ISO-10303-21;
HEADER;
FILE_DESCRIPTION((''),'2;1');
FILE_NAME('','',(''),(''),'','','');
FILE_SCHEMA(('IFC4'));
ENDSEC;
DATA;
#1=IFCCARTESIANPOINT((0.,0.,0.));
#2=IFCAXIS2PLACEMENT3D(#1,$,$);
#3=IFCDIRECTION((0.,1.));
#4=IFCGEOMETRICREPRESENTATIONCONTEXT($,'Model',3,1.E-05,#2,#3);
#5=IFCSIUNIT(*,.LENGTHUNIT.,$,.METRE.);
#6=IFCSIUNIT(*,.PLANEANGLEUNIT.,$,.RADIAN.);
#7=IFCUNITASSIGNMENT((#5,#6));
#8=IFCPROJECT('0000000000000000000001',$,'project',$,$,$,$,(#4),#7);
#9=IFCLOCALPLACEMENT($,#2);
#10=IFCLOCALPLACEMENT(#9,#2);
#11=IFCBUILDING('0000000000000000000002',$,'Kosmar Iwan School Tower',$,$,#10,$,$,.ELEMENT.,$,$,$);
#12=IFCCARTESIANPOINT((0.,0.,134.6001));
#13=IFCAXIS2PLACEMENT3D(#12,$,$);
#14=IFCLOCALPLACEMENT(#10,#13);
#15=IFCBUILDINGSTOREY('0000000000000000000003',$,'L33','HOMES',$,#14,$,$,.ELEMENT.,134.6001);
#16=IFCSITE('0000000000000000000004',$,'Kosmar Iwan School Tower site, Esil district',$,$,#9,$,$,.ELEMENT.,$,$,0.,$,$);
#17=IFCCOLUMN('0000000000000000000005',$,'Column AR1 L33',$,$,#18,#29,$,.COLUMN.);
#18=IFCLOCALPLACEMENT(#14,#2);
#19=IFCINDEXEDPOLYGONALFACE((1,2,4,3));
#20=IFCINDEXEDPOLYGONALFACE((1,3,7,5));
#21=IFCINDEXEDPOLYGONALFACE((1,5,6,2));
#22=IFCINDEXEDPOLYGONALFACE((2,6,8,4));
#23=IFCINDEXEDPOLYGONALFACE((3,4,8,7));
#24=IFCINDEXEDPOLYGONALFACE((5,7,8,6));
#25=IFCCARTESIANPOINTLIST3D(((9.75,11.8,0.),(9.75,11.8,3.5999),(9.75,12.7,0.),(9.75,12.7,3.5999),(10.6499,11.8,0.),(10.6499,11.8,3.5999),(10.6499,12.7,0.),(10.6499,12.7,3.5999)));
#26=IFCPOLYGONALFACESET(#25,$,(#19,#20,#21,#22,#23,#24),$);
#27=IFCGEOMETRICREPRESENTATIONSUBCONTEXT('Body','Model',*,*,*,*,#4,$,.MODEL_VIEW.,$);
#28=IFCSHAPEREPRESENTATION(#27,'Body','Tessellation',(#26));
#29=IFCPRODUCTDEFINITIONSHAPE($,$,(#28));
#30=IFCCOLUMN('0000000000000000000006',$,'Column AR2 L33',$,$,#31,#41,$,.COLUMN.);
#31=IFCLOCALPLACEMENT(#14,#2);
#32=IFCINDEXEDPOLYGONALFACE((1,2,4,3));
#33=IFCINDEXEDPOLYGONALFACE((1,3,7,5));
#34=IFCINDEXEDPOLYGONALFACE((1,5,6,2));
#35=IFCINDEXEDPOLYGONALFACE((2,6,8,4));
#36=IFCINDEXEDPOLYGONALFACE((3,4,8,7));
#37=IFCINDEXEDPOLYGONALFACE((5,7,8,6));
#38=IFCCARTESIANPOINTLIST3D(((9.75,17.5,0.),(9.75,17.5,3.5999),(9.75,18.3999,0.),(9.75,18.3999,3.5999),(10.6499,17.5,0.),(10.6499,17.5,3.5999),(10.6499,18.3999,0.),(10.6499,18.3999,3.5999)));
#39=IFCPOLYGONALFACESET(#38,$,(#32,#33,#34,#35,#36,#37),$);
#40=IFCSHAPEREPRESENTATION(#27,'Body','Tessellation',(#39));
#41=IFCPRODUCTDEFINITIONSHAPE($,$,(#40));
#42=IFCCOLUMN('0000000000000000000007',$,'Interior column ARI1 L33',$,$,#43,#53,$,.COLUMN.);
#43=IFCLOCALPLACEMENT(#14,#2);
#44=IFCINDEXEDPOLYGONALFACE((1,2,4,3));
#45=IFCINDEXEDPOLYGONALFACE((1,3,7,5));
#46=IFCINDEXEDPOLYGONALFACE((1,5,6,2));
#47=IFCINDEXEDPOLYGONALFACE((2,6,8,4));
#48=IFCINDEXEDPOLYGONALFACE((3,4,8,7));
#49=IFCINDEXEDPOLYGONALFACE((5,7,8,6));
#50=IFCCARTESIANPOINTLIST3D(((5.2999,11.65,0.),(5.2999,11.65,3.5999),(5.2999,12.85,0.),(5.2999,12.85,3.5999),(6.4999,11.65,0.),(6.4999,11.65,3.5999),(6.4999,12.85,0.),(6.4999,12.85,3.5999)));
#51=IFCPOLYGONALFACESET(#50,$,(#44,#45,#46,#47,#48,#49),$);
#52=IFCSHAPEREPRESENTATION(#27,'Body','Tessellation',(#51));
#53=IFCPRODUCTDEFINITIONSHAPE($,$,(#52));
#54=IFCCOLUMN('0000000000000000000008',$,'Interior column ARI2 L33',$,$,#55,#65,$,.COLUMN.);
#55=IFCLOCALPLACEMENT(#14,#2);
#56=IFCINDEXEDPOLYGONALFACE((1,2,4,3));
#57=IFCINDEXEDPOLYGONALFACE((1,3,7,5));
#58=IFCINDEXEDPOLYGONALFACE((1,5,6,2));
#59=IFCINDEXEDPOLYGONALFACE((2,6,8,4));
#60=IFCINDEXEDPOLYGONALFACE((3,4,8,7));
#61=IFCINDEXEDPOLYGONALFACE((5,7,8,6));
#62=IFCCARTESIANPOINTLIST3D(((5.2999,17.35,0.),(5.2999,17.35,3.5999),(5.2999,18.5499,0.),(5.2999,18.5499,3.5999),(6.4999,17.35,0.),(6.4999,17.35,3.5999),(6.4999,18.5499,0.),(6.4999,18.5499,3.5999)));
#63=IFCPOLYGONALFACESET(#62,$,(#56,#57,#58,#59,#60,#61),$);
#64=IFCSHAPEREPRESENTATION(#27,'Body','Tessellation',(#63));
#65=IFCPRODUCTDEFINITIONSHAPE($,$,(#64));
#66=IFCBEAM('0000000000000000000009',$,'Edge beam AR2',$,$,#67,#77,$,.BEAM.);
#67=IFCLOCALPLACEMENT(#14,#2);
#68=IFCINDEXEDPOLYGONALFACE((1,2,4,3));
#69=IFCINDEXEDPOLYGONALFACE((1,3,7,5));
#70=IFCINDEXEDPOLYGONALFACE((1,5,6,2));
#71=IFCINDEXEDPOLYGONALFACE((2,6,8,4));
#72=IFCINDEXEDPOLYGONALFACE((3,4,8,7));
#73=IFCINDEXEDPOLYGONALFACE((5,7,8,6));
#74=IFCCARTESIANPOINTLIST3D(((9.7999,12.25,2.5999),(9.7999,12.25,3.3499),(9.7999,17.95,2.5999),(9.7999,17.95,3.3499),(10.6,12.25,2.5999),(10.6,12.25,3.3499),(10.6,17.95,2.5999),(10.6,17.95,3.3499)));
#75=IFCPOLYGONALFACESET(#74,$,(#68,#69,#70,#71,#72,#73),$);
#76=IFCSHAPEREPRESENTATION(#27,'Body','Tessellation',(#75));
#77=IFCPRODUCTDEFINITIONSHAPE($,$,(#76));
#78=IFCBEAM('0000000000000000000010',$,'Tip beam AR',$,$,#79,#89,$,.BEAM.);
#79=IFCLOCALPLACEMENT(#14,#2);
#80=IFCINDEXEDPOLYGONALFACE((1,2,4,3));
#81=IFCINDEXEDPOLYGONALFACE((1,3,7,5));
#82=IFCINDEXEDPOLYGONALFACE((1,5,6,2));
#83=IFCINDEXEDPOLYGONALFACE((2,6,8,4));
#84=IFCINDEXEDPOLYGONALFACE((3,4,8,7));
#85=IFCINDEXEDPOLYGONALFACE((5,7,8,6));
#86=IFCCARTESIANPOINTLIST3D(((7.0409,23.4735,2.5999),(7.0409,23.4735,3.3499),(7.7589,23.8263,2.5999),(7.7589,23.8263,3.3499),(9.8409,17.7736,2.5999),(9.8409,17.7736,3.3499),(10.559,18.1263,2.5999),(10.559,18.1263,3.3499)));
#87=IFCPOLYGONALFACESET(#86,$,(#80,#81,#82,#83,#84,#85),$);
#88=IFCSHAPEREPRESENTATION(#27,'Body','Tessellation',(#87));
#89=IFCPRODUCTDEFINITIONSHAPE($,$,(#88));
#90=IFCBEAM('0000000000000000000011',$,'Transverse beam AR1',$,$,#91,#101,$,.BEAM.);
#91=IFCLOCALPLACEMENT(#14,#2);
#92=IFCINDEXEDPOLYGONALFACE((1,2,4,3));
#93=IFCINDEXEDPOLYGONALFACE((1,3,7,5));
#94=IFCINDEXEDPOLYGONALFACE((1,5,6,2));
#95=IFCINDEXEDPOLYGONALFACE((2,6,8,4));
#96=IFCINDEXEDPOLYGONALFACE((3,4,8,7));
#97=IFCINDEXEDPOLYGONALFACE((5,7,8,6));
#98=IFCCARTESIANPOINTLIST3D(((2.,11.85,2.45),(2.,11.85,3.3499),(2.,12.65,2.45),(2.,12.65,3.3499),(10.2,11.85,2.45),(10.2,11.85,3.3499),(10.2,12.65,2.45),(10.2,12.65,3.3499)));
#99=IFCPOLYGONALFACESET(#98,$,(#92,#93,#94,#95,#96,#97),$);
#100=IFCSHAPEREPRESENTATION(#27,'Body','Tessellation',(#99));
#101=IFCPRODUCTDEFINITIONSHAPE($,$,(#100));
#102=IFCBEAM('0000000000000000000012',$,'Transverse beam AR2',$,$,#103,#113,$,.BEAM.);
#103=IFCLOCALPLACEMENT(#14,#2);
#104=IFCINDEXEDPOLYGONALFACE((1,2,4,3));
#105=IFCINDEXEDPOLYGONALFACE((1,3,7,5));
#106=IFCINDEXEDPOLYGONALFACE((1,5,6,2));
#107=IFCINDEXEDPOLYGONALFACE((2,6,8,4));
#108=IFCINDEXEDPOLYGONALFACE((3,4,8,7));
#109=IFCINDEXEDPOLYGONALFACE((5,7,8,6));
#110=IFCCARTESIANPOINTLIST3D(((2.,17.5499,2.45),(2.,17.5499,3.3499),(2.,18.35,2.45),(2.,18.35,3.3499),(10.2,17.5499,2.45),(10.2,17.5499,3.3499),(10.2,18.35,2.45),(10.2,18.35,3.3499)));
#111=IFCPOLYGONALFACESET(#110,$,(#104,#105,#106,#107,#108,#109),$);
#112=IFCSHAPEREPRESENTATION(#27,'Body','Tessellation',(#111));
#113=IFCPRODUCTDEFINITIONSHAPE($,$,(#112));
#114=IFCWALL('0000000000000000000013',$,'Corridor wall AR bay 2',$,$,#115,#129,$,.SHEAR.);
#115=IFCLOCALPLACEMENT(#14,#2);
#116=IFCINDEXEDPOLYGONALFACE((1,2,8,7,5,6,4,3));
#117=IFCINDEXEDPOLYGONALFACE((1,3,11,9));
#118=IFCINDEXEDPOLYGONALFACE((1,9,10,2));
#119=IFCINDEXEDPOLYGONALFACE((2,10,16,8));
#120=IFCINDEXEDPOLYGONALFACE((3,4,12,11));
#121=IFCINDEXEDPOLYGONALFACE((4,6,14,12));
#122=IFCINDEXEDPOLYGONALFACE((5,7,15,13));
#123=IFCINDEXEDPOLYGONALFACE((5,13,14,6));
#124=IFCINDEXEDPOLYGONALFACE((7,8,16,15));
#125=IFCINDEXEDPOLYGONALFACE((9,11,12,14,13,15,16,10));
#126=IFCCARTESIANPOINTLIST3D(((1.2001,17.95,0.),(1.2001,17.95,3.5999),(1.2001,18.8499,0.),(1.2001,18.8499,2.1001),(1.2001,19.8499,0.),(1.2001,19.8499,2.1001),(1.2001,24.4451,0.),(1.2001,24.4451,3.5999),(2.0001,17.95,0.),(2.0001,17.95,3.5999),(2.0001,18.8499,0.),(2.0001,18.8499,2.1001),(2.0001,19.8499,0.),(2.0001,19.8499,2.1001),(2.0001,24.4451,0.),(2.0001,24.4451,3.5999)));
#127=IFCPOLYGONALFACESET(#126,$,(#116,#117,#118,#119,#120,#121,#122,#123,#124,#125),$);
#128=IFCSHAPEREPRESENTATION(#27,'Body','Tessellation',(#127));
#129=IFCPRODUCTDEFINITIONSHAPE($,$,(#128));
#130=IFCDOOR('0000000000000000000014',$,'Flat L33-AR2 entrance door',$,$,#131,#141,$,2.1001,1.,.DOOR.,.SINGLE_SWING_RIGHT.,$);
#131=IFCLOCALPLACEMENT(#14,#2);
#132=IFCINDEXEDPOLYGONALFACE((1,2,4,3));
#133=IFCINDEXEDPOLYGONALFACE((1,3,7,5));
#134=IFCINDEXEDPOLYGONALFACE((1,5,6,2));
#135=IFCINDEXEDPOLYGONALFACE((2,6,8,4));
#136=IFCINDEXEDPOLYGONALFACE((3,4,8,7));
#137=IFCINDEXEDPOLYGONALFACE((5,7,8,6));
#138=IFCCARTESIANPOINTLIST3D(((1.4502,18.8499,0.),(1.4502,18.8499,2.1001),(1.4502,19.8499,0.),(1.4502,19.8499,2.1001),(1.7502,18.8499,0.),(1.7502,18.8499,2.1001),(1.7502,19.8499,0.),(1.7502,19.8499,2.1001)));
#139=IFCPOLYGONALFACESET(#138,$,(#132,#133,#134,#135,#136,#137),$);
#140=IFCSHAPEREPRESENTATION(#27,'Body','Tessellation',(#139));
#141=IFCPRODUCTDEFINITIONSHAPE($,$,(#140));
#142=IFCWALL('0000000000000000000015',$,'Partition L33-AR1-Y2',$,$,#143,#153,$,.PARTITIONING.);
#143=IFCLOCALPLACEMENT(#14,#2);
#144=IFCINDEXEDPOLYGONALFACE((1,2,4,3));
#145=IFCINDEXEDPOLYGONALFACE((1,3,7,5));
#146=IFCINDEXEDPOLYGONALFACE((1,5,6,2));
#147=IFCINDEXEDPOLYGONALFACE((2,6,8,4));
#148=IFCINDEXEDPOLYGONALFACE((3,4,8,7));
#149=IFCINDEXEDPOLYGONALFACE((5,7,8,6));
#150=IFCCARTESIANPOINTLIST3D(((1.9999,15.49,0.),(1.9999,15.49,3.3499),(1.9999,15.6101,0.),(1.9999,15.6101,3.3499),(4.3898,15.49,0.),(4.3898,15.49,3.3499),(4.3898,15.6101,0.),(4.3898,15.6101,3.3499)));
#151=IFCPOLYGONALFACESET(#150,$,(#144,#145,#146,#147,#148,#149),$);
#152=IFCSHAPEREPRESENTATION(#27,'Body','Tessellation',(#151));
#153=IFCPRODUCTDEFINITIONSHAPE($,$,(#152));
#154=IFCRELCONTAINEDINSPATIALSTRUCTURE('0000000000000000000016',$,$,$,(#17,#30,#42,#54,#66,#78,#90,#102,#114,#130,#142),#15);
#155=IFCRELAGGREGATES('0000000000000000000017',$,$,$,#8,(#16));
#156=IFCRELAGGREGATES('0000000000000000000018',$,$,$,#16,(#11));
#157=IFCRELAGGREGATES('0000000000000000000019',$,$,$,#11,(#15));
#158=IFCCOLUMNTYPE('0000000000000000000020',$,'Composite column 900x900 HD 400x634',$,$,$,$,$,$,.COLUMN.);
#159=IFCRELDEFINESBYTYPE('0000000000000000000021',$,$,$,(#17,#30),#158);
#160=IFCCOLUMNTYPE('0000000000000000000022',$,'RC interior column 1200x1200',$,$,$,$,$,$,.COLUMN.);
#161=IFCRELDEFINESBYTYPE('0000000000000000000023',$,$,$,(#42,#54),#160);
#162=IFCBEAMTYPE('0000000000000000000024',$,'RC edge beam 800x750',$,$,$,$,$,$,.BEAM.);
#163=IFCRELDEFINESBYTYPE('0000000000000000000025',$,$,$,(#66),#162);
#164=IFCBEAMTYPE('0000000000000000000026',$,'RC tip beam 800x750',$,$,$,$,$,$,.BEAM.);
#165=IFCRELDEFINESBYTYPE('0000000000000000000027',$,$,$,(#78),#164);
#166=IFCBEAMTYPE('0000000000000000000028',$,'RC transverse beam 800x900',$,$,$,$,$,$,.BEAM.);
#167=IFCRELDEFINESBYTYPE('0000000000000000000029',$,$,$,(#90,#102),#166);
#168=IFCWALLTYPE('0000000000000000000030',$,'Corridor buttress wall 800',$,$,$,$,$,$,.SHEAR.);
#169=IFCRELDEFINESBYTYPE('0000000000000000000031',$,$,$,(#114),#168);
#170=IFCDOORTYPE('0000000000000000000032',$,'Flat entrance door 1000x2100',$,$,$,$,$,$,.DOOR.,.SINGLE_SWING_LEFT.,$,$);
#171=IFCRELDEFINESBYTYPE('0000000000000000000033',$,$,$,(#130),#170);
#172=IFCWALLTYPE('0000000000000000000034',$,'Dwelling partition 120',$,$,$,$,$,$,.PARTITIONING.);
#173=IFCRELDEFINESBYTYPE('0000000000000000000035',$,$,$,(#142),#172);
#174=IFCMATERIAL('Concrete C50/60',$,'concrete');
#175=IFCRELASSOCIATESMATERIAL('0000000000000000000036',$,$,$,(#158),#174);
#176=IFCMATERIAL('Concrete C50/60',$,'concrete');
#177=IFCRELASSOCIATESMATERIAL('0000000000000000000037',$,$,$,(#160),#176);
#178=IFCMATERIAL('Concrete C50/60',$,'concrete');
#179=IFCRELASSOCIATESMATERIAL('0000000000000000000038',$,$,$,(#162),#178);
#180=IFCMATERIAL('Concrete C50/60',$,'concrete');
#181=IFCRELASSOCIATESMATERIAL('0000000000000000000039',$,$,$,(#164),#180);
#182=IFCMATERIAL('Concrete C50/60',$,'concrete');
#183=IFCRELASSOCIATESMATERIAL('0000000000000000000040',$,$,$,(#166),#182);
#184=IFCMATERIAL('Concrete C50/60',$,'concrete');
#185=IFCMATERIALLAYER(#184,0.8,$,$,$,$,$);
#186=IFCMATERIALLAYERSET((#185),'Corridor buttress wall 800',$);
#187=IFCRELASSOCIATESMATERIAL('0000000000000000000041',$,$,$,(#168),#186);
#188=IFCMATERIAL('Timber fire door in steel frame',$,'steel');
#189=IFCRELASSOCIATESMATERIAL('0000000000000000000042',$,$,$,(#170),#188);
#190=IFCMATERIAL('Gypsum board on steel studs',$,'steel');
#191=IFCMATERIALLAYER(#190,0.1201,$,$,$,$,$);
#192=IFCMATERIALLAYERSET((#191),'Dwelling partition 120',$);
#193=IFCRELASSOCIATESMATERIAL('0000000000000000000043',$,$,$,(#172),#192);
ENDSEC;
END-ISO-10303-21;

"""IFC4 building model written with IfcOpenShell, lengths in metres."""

from ifc_helpers import new_model, si_unit, direction, frame, frame_2d, origin, origin_2d, place, context, subcontext, project, spatial, rectangle, extrude, material, layer, layer_set, material_profile, profile_set, type_object, element, fill, save


model = new_model("IFC4")

# Units and contexts
model_context = context("Model", 3, precision=1e-05, world=origin(), true_north=direction((0.0, 1.0)))
body_context = subcontext(model_context, "Body", "Model", "MODEL_VIEW")
ifc_project = project(units=[si_unit("LENGTHUNIT", "METRE"), si_unit("PLANEANGLEUNIT", "RADIAN")], contexts=[model_context])

# Site, building, storey
site_placement = place(None, origin())
site = spatial("IfcSite", under=ifc_project, at=site_placement, Name="Kosmar Iwan School Tower site, Esil district", CompositionType="ELEMENT", RefElevation=0.0)
building_placement = place(site_placement, origin())
building = spatial("IfcBuilding", under=site, at=building_placement, Name="Kosmar Iwan School Tower", CompositionType="ELEMENT")
storey_placement = place(building_placement, frame((0.0, 0.0, 134.6001)))
storey = spatial("IfcBuildingStorey", under=building, at=storey_placement, Name="L33", Description="HOMES", CompositionType="ELEMENT", Elevation=134.6001)

# Columns
ifc_material_1 = material(Name="Concrete C50/60", Category="concrete")
ifc_material_profile_1 = material_profile(ifc_material_1, rectangle(XDim=0.8999, YDim=0.8999, at=origin_2d()), Name="RC 900x900 + HD 400x634")
ifc_profile_set_1 = profile_set([ifc_material_profile_1], Name="Concrete C50/60")
column_type_1 = type_object("IfcColumnType", Name="Composite column 900x900 HD 400x634", PredefinedType="COLUMN", material=ifc_profile_set_1)
for number, where, z_axis, x_axis, name in (
    (1, (10.2, 12.25, 0.0), (0.0, 0.0, 1.0), (0.0, 1.0, 0.0), "Column AR1 L33"),
    (2, (10.2, 17.95, 0.0), (0.0, 0.0, 1.0), (0.0, 1.0, 0.0), "Column AR2 L33"),
):
    element("IfcColumn", number, at=place(storey_placement, frame(where, z_axis=z_axis, x_axis=x_axis)), inside=storey, type_object=column_type_1, Name=name, PredefinedType="COLUMN", context=body_context, shape_type="SweptSolid", body=[
        extrude(rectangle(XDim=0.8999, YDim=0.8999, at=origin_2d()), origin(), (0.0, 0.0, 1.0), 3.5999),
    ])
ifc_material_2 = material(Name="Concrete C50/60", Category="concrete")
ifc_material_profile_2 = material_profile(ifc_material_2, rectangle(XDim=1.2, YDim=1.2, at=origin_2d()), Name="RC 1200x1200")
ifc_profile_set_2 = profile_set([ifc_material_profile_2], Name="Concrete C50/60")
column_type_2 = type_object("IfcColumnType", Name="RC interior column 1200x1200", PredefinedType="COLUMN", material=ifc_profile_set_2)
for number, where, z_axis, x_axis, name in (
    (3, (5.8999, 12.25, 0.0), (0.0, 0.0, 1.0), (0.0, 1.0, 0.0), "Interior column ARI1 L33"),
    (4, (5.8999, 17.95, 0.0), (0.0, 0.0, 1.0), (0.0, 1.0, 0.0), "Interior column ARI2 L33"),
):
    element("IfcColumn", number, at=place(storey_placement, frame(where, z_axis=z_axis, x_axis=x_axis)), inside=storey, type_object=column_type_2, Name=name, PredefinedType="COLUMN", context=body_context, shape_type="SweptSolid", body=[
        extrude(rectangle(XDim=1.2, YDim=1.2, at=origin_2d()), origin(), (0.0, 0.0, 1.0), 3.5999),
    ])

# Beams
ifc_material_3 = material(Name="Concrete C50/60", Category="concrete")
ifc_material_profile_3 = material_profile(ifc_material_3, rectangle(XDim=0.8, YDim=0.75, at=origin_2d()), Name="RC 800x750")
ifc_profile_set_3 = profile_set([ifc_material_profile_3], Name="Concrete C50/60")
beam_type_1 = type_object("IfcBeamType", Name="RC edge beam 800x750", PredefinedType="BEAM", material=ifc_profile_set_3)
beam_1_placement = place(storey_placement, frame((10.2, 12.25, 2.9749), z_axis=(0.0, 1.0, 0.0), x_axis=(-1.0, 0.0, 0.0)))
element("IfcBeam", 5, at=beam_1_placement, inside=storey, type_object=beam_type_1, Name="Edge beam AR2", PredefinedType="BEAM", context=body_context, shape_type="SweptSolid", body=[
    extrude(rectangle(XDim=0.8, YDim=0.75, at=origin_2d()), origin(), (0.0, 0.0, 1.0), 5.7),
])
ifc_material_4 = material(Name="Concrete C50/60", Category="concrete")
ifc_material_profile_4 = material_profile(ifc_material_4, rectangle(XDim=0.8, YDim=0.75, at=origin_2d()), Name="RC 800x750")
ifc_profile_set_4 = profile_set([ifc_material_profile_4], Name="Concrete C50/60")
beam_type_2 = type_object("IfcBeamType", Name="RC tip beam 800x750", PredefinedType="BEAM", material=ifc_profile_set_4)
beam_2_placement = place(storey_placement, frame((10.2, 17.95, 2.9749), z_axis=(-0.440913, 0.89755, 0.0), x_axis=(-0.89755, -0.440913, 0.0)))
element("IfcBeam", 6, at=beam_2_placement, inside=storey, type_object=beam_type_2, Name="Tip beam AR", PredefinedType="BEAM", context=body_context, shape_type="SweptSolid", body=[
    extrude(rectangle(XDim=0.8, YDim=0.75, at=origin_2d()), origin(), (0.0, 0.0, 1.0), 6.3506),
])
ifc_material_5 = material(Name="Concrete C50/60", Category="concrete")
ifc_material_profile_5 = material_profile(ifc_material_5, rectangle(XDim=0.8, YDim=0.8999, at=origin_2d()), Name="RC 800x900")
ifc_profile_set_5 = profile_set([ifc_material_profile_5], Name="Concrete C50/60")
beam_type_3 = type_object("IfcBeamType", Name="RC transverse beam 800x900", PredefinedType="BEAM", material=ifc_profile_set_5)
for number, where, z_axis, x_axis, name in (
    (7, (10.2, 12.25, 2.8999), (-1.0, 0.0, 0.0), (0.0, -1.0, 0.0), "Transverse beam AR1"),
    (8, (10.2, 17.95, 2.8999), (-1.0, 0.0, 0.0), (0.0, -1.0, 0.0), "Transverse beam AR2"),
):
    element("IfcBeam", number, at=place(storey_placement, frame(where, z_axis=z_axis, x_axis=x_axis)), inside=storey, type_object=beam_type_3, Name=name, PredefinedType="BEAM", context=body_context, shape_type="SweptSolid", body=[
        extrude(rectangle(XDim=0.8, YDim=0.8999, at=origin_2d()), origin(), (0.0, 0.0, 1.0), 8.2),
    ])

# Wall, opening, door
ifc_material_6 = material(Name="Concrete C50/60", Category="concrete")
ifc_layer_1 = layer(ifc_material_6, 0.8)
ifc_layer_set_1 = layer_set([ifc_layer_1], Name="Corridor buttress wall 800")
wall_type_1 = type_object("IfcWallType", Name="Corridor buttress wall 800", PredefinedType="SHEAR", material=ifc_layer_set_1)
wall_1_placement = place(storey_placement, frame((1.6001, 17.95, 0.0), z_axis=(0.0, 0.0, 1.0), x_axis=(0.0, 1.0, 0.0)))
wall_1 = element("IfcWall", 9, at=wall_1_placement, inside=storey, type_object=wall_type_1, Name="Corridor wall AR bay 2", PredefinedType="SHEAR", context=body_context, shape_type="SweptSolid", body=[
    extrude(rectangle(XDim=6.4951, YDim=0.8, at=frame_2d((3.2476, 0.0))), origin(), (0.0, 0.0, 1.0), 3.5999),
])
opening_1_placement = place(wall_1_placement, frame((0.8999, 0.0, 0.0)))
opening_1 = element("IfcOpeningElement", 10, at=opening_1_placement, cuts=wall_1, PredefinedType="OPENING", context=body_context, shape_type="SweptSolid", body=[
    extrude(rectangle(XDim=1.0, YDim=2.1001, at=frame_2d((0.5, 1.05))), frame((0.0, 0.4121, 0.0), z_axis=(0.0, -1.0, 0.0), x_axis=(1.0, 0.0, 0.0)), (0.0, 0.0, 1.0), 0.824),
])
ifc_material_7 = material(Name="Timber fire door in steel frame", Category="steel")
door_type_1 = type_object("IfcDoorType", Name="Flat entrance door 1000x2100", OperationType="SINGLE_SWING_LEFT", PredefinedType="DOOR", material=ifc_material_7)
door_1_placement = place(opening_1_placement, origin())
door_1 = element("IfcDoor", 11, at=door_1_placement, inside=storey, type_object=door_type_1, Name="Flat L33-AR2 entrance door", OperationType="SINGLE_SWING_RIGHT", OverallHeight=2.1001, OverallWidth=1.0, PredefinedType="DOOR", context=body_context, shape_type="SweptSolid", body=[
    extrude(rectangle(XDim=1.0, YDim=2.1001, at=frame_2d((0.5, 1.05))), frame((0.0, 0.1499, 0.0), z_axis=(0.0, -1.0, 0.0), x_axis=(1.0, 0.0, 0.0)), (0.0, 0.0, 1.0), 0.3),
])
fill(opening_1, door_1)

# Wall
ifc_material_8 = material(Name="Gypsum board on steel studs", Category="steel")
ifc_layer_2 = layer(ifc_material_8, 0.1201)
ifc_layer_set_2 = layer_set([ifc_layer_2], Name="Dwelling partition 120")
wall_type_2 = type_object("IfcWallType", Name="Dwelling partition 120", PredefinedType="PARTITIONING", material=ifc_layer_set_2)
wall_2_placement = place(storey_placement, frame((2.0, 15.55, 0.0), z_axis=(0.0, 0.0, 1.0), x_axis=(1.0, 0.0, 0.0)))
element("IfcWall", 12, at=wall_2_placement, inside=storey, type_object=wall_type_2, Name="Partition L33-AR1-Y2", PredefinedType="PARTITIONING", context=body_context, shape_type="SweptSolid", body=[
    extrude(rectangle(XDim=2.3899, YDim=0.1201, at=frame_2d((1.1948, 0.0))), origin(), (0.0, 0.0, 1.0), 3.3499),
])

save(model, "model.ifc")
